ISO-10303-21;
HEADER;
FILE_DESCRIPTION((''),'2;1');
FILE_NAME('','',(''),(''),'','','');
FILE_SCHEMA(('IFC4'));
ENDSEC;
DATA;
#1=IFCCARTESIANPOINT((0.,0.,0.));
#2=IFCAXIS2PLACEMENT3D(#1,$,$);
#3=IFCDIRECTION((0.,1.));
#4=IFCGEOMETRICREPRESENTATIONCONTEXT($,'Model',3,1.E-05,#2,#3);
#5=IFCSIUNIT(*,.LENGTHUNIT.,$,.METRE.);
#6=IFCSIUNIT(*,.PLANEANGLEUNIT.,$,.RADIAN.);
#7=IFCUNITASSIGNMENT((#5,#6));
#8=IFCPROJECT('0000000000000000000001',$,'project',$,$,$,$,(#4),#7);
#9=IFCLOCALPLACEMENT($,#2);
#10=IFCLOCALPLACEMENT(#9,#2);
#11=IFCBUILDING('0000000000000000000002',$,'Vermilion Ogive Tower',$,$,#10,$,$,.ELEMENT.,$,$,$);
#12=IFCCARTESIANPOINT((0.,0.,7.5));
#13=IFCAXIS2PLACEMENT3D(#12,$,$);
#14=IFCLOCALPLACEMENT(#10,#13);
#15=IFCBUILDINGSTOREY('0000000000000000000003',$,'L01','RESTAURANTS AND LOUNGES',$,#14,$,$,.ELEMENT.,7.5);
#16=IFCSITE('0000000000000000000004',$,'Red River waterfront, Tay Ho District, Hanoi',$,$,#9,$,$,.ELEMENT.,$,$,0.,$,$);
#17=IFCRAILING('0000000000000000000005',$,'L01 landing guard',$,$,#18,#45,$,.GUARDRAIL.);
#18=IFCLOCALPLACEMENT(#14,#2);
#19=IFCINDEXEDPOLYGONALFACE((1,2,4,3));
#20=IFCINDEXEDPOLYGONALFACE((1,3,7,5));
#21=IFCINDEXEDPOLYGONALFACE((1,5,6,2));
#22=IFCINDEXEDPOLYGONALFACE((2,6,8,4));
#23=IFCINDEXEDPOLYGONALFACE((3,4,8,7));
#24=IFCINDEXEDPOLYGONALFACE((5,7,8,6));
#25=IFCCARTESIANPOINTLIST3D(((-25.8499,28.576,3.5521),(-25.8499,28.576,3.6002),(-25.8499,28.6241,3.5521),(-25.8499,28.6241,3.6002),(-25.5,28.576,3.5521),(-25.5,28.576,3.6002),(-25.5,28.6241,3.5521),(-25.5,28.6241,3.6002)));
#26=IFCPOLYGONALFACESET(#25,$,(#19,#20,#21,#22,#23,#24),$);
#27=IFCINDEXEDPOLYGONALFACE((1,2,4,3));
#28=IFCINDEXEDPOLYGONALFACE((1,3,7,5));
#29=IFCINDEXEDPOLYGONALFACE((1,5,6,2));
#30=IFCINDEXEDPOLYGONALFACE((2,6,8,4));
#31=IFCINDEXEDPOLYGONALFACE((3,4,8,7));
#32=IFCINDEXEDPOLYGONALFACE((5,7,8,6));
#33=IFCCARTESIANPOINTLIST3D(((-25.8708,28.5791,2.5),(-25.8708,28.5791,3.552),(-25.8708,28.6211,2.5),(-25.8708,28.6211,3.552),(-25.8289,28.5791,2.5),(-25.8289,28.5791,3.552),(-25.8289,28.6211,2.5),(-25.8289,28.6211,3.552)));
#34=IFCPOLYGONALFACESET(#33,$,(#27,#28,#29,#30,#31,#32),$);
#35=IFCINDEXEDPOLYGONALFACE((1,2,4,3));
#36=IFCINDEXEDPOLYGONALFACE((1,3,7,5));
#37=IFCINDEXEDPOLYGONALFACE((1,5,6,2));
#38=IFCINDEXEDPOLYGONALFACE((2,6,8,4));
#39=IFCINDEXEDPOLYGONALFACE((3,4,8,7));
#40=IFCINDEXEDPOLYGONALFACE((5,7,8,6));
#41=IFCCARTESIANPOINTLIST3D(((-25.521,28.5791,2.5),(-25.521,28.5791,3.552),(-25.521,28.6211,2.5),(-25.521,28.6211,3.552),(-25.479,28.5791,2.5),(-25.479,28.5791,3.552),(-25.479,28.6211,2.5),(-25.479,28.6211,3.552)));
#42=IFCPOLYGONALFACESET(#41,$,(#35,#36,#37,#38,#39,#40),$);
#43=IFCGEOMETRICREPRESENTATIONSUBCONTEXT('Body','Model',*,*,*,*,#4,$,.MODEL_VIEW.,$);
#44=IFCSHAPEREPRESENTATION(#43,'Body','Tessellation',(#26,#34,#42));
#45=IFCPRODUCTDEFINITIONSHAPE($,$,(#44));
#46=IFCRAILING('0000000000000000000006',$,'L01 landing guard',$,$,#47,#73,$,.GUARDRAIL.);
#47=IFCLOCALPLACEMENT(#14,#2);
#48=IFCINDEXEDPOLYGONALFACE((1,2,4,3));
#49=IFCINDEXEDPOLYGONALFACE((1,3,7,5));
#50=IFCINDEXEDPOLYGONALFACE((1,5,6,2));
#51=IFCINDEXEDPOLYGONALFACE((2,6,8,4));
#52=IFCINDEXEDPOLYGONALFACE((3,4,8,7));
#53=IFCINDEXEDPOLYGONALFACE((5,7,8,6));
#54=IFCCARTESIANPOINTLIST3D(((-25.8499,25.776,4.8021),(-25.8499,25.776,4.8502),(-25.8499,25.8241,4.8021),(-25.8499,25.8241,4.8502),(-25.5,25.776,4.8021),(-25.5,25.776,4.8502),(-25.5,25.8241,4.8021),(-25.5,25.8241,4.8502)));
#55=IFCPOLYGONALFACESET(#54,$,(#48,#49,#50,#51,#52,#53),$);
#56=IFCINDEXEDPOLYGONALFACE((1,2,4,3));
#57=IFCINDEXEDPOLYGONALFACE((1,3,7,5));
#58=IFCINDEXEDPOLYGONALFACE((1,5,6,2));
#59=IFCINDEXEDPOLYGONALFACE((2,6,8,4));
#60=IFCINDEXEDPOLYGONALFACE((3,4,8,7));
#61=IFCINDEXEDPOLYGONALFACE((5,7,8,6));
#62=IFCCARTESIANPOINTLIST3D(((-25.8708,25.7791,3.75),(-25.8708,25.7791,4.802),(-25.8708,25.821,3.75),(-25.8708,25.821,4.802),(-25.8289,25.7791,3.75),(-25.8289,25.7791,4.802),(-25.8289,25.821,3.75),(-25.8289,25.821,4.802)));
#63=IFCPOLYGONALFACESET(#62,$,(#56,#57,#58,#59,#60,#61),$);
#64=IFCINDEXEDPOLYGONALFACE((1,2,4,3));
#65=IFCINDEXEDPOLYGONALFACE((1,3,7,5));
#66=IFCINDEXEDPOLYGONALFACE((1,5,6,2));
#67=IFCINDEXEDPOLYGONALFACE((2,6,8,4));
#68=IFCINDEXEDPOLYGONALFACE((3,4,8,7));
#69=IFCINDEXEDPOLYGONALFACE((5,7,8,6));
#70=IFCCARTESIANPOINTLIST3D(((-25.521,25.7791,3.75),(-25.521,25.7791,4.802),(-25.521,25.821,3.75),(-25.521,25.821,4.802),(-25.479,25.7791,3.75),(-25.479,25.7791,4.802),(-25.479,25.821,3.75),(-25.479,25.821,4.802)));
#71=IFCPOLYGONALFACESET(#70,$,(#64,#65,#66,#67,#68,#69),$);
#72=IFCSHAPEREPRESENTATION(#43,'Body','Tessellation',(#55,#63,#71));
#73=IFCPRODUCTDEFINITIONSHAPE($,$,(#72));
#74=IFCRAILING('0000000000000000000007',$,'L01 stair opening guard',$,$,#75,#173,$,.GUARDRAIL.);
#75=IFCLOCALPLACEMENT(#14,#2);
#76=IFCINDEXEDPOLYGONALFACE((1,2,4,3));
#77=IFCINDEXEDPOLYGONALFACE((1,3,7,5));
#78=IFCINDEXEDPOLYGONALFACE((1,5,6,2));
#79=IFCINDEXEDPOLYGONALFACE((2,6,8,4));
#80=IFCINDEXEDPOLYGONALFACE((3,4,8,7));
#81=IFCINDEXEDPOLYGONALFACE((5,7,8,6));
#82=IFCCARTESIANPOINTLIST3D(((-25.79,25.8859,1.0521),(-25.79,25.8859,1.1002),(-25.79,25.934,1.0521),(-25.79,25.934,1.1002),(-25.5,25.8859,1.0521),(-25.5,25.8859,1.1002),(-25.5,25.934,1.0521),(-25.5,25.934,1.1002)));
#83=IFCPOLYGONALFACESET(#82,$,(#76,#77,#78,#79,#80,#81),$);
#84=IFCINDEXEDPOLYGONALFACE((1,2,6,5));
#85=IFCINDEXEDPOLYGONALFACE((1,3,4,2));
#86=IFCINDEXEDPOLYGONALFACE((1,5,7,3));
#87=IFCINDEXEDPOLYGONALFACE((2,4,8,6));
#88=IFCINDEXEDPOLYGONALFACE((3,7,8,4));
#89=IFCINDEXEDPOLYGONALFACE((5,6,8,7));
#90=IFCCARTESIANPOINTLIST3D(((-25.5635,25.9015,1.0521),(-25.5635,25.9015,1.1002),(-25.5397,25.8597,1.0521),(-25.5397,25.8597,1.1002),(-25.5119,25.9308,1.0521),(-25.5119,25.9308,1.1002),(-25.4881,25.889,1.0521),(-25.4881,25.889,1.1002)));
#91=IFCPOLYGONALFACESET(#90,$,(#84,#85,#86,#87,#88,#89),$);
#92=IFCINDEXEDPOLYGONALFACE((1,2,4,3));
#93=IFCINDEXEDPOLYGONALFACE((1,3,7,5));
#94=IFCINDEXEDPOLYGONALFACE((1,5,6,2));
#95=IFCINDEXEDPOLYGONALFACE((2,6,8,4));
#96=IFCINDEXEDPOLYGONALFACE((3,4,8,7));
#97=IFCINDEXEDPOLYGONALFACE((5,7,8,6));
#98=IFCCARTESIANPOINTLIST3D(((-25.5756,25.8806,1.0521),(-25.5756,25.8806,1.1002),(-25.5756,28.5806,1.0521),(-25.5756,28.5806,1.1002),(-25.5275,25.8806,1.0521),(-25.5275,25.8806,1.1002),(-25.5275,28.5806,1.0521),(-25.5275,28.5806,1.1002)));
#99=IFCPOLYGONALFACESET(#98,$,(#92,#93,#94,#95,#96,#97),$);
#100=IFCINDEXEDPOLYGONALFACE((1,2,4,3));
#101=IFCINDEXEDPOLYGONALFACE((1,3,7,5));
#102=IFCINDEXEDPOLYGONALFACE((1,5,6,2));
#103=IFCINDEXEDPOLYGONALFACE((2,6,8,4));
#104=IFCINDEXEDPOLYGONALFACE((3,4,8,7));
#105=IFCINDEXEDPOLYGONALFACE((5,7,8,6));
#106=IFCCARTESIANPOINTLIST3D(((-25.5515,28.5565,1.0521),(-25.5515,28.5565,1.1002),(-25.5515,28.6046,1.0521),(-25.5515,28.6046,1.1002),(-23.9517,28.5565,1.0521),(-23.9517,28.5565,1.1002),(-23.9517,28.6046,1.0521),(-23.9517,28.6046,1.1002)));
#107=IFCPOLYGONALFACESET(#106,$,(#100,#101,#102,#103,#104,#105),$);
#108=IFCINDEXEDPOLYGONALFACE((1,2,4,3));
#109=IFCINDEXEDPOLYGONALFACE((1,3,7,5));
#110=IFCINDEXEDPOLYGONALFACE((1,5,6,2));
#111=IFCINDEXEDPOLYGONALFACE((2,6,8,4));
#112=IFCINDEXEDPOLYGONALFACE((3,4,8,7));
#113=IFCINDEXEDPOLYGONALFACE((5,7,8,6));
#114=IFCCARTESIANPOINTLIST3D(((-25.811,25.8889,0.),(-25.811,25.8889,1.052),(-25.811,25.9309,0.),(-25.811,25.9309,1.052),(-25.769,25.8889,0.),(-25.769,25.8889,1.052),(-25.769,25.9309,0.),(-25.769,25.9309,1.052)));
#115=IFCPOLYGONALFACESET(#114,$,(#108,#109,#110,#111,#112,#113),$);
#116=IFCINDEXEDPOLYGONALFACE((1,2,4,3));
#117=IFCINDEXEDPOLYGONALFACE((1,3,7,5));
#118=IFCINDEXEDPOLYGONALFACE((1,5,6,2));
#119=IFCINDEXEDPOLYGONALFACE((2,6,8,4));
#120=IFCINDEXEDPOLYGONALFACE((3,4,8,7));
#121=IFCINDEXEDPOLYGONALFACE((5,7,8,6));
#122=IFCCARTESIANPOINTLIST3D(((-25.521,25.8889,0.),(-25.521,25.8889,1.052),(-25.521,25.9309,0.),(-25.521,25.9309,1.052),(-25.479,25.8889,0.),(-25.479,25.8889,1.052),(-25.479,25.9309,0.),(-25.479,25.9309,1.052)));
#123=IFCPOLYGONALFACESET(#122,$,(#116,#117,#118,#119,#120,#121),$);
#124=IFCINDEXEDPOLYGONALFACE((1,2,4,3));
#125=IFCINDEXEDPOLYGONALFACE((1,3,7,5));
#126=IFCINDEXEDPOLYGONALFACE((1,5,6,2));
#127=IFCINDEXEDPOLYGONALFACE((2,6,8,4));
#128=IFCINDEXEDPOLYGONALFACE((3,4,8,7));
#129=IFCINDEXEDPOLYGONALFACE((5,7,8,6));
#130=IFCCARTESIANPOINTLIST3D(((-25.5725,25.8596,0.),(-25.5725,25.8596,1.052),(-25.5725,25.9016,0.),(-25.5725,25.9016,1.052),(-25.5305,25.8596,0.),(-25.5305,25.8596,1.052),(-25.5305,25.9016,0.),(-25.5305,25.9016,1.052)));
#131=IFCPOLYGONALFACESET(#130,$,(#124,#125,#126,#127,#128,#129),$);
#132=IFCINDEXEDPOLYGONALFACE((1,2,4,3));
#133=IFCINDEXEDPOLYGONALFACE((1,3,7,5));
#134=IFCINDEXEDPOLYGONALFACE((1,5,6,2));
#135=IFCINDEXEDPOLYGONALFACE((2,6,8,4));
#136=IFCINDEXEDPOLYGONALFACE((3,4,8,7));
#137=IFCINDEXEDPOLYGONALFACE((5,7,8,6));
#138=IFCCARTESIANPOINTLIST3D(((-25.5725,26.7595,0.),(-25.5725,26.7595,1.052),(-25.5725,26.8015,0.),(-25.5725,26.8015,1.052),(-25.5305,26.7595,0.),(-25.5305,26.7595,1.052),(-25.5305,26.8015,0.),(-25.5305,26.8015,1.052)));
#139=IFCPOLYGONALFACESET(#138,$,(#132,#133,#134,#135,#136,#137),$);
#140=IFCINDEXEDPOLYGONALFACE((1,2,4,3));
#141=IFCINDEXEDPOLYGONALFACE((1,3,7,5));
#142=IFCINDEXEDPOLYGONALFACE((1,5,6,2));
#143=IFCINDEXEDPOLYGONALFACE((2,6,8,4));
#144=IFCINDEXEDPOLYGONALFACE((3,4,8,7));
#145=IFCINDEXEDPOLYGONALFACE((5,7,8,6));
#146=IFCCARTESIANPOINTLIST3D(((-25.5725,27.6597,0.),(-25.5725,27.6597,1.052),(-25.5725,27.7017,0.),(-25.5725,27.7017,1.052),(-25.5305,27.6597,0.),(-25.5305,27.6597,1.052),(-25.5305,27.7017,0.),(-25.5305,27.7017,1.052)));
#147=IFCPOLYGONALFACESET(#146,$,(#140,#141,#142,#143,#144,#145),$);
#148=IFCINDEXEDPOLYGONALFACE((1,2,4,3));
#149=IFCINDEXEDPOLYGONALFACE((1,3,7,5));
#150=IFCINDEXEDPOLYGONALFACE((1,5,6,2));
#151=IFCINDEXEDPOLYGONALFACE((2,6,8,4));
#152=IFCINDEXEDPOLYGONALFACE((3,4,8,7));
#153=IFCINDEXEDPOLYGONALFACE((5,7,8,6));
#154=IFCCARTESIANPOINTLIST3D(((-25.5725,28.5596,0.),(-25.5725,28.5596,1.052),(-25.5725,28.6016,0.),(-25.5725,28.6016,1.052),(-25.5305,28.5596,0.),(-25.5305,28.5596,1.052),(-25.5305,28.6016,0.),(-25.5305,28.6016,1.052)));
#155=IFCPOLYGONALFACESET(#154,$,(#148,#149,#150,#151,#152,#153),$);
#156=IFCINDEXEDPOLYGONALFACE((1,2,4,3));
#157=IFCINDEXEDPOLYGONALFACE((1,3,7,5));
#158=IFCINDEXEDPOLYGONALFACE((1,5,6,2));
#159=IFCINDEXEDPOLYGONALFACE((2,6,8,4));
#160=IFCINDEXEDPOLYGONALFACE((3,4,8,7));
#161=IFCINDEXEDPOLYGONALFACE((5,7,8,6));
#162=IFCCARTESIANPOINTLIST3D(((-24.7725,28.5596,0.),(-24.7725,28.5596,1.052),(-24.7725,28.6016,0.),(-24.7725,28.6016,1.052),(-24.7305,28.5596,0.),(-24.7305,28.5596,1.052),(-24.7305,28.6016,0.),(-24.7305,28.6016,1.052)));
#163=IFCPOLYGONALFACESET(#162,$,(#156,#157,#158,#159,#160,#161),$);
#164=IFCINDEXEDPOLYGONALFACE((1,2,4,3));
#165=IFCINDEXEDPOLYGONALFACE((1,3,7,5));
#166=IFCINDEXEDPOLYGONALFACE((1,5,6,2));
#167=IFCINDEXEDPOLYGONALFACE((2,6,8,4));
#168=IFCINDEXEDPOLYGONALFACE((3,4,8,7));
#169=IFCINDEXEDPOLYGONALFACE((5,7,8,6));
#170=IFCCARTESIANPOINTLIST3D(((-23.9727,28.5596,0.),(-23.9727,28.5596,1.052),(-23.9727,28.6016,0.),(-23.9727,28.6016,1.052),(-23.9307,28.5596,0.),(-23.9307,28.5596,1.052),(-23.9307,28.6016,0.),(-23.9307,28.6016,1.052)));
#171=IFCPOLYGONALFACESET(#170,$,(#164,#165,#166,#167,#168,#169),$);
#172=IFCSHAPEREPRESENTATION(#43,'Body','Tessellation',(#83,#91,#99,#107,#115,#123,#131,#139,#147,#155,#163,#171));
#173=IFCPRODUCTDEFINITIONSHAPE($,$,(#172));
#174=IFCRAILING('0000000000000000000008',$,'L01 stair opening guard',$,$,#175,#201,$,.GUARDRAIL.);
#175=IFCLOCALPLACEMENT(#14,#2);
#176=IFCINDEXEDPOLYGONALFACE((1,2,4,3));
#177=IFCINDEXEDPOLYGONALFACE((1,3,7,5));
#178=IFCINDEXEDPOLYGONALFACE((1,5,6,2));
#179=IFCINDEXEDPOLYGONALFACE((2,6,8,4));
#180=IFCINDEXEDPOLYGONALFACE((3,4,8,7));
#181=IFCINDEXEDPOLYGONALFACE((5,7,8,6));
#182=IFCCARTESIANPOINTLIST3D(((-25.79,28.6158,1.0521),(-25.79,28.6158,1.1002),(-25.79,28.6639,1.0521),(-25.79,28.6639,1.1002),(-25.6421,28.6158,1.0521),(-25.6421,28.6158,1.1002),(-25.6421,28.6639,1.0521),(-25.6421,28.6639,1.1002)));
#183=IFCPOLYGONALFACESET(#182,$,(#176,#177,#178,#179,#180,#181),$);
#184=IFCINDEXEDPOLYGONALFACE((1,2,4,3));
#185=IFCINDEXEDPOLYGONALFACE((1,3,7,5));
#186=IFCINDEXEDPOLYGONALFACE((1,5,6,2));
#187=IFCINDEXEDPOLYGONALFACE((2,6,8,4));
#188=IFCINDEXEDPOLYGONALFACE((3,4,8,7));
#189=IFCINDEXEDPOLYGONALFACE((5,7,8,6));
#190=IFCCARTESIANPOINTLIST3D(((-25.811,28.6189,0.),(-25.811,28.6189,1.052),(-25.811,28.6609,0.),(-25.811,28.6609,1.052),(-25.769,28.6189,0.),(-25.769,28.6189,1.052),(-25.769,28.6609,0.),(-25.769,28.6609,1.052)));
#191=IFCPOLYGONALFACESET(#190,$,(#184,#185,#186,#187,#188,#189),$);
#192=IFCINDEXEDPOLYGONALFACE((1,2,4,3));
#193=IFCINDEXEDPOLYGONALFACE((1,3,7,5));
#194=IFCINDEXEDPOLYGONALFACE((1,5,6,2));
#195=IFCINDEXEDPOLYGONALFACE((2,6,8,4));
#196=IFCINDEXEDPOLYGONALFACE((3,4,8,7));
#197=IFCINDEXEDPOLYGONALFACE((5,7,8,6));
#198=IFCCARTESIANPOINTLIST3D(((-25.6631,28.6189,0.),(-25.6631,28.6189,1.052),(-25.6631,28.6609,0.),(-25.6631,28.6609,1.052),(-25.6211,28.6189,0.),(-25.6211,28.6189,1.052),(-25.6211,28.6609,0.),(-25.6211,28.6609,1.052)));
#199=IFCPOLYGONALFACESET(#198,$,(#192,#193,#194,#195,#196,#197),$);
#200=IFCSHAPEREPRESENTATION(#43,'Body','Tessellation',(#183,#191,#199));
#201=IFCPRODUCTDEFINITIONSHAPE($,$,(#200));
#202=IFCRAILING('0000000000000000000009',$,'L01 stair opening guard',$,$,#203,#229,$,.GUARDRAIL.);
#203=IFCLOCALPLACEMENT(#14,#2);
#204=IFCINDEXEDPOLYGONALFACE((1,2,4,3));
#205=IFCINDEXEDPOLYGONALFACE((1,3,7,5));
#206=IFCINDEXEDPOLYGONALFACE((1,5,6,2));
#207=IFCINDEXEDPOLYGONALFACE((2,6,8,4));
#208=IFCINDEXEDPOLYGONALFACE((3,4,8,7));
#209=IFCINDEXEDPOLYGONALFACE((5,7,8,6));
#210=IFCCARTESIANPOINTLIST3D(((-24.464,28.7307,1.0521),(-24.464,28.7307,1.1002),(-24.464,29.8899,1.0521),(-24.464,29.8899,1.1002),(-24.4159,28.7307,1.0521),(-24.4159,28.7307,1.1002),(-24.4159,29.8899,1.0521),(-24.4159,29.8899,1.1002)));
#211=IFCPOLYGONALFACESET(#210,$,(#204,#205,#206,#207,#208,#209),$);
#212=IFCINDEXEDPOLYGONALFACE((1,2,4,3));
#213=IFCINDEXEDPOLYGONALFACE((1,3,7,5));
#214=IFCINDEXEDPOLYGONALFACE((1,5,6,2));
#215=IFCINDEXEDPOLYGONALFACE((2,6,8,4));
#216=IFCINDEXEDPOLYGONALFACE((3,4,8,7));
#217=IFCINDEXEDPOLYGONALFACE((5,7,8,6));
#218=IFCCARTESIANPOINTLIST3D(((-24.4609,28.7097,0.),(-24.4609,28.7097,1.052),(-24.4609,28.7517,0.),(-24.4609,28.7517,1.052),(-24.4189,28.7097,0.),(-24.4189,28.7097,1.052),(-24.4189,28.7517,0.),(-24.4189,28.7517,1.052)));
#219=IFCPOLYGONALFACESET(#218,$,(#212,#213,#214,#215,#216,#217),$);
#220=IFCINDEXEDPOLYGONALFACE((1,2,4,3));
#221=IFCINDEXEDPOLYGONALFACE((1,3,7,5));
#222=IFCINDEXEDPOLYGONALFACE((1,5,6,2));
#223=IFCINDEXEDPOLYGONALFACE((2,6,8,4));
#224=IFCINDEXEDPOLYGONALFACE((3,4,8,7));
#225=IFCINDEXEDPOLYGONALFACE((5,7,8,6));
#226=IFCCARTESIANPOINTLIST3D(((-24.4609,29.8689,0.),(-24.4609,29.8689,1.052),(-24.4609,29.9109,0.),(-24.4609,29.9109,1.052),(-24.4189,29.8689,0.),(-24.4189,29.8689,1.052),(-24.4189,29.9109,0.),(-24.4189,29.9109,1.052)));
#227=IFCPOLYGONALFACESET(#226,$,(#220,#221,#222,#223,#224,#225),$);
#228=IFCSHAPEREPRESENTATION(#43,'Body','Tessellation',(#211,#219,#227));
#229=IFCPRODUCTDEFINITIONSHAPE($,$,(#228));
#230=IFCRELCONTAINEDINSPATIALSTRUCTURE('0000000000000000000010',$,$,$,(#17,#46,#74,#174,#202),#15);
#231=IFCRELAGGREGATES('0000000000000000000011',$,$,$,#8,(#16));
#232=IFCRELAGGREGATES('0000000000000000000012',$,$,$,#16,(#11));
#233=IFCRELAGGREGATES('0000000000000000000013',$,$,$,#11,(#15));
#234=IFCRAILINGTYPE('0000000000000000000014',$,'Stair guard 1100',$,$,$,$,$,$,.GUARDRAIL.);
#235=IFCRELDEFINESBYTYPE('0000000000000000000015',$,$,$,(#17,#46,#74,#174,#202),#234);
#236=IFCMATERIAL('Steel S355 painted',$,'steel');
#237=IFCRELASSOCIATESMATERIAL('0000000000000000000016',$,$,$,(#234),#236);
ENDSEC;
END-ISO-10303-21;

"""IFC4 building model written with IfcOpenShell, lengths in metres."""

from ifc_helpers import new_model, si_unit, direction, frame, origin, origin_2d, place, context, subcontext, project, spatial, rectangle, extrude, material, type_object, element, save


model = new_model("IFC4")

# Units and contexts
model_context = context("Model", 3, precision=1e-05, world=origin(), true_north=direction((0.0, 1.0)))
body_context = subcontext(model_context, "Body", "Model", "MODEL_VIEW")
ifc_project = project(units=[si_unit("LENGTHUNIT", "METRE"), si_unit("PLANEANGLEUNIT", "RADIAN")], contexts=[model_context])

# Site, building, storey
site_placement = place(None, origin())
site = spatial("IfcSite", under=ifc_project, at=site_placement, Name="Red River waterfront, Tay Ho District, Hanoi", CompositionType="ELEMENT", RefElevation=0.0)
building_placement = place(site_placement, origin())
building = spatial("IfcBuilding", under=site, at=building_placement, Name="Vermilion Ogive Tower", CompositionType="ELEMENT")
storey_placement = place(building_placement, frame((0.0, 0.0, 7.5)))
storey = spatial("IfcBuildingStorey", under=building, at=storey_placement, Name="L01", Description="RESTAURANTS AND LOUNGES", CompositionType="ELEMENT", Elevation=7.5)

# Railings
ifc_material_1 = material(Name="Steel S355 painted", Category="steel")
railing_type_1 = type_object("IfcRailingType", Name="Stair guard 1100", PredefinedType="GUARDRAIL", material=ifc_material_1)
for number, where, name in (
    (1, (-25.8499, 28.6001, 2.5), "L01 landing guard"),
    (2, (-25.8499, 25.8, 3.75), "L01 landing guard"),
):
    element("IfcRailing", number, at=place(storey_placement, frame(where)), inside=storey, type_object=railing_type_1, Name=name, PredefinedType="GUARDRAIL", context=body_context, shape_type="SweptSolid", body=[
        extrude(rectangle(XDim=0.0481, YDim=0.0481, at=origin_2d()), frame((0.0, 0.0, 1.0762), z_axis=(1.0, 0.0, 0.0), x_axis=(0.0, 1.0, 0.0)), (0.0, 0.0, 1.0), 0.3499),
        extrude(rectangle(XDim=0.042, YDim=0.042, at=origin_2d()), origin(), (0.0, 0.0, 1.0), 1.052),
        extrude(rectangle(XDim=0.042, YDim=0.042, at=origin_2d()), frame((0.3499, 0.0, 0.0)), (0.0, 0.0, 1.0), 1.052),
    ])
railing_1_placement = place(storey_placement, frame((-25.79, 25.9099, 0.0)))
element("IfcRailing", 3, at=railing_1_placement, inside=storey, type_object=railing_type_1, Name="L01 stair opening guard", PredefinedType="GUARDRAIL", context=body_context, shape_type="SweptSolid", body=[
    extrude(rectangle(XDim=0.0481, YDim=0.0481, at=origin_2d()), frame((0.0, 0.0, 1.0762), z_axis=(1.0, 0.0, 0.0), x_axis=(0.0, 1.0, 0.0)), (0.0, 0.0, 1.0), 0.29),
    extrude(rectangle(XDim=0.0481, YDim=0.0481, at=origin_2d()), frame((0.29, 0.0, 1.0762), z_axis=(-0.869255, -0.494363, 0.0), x_axis=(0.494363, -0.869255, 0.0)), (0.0, 0.0, 1.0), 0.0593),
    extrude(rectangle(XDim=0.0481, YDim=0.0481, at=origin_2d()), frame((0.2385, -0.0293, 1.0762), z_axis=(0.0, 1.0, 0.0), x_axis=(-1.0, 0.0, 0.0)), (0.0, 0.0, 1.0), 2.7),
    extrude(rectangle(XDim=0.0481, YDim=0.0481, at=origin_2d()), frame((0.2385, 2.6707, 1.0762), z_axis=(1.0, 0.0, 0.0), x_axis=(0.0, 1.0, 0.0)), (0.0, 0.0, 1.0), 1.5999),
    extrude(rectangle(XDim=0.042, YDim=0.042, at=origin_2d()), origin(), (0.0, 0.0, 1.0), 1.052),
    extrude(rectangle(XDim=0.042, YDim=0.042, at=origin_2d()), frame((0.29, 0.0, 0.0)), (0.0, 0.0, 1.0), 1.052),
    extrude(rectangle(XDim=0.042, YDim=0.042, at=origin_2d()), frame((0.2385, -0.0293, 0.0)), (0.0, 0.0, 1.0), 1.052),
    extrude(rectangle(XDim=0.042, YDim=0.042, at=origin_2d()), frame((0.2385, 0.8706, 0.0)), (0.0, 0.0, 1.0), 1.052),
    extrude(rectangle(XDim=0.042, YDim=0.042, at=origin_2d()), frame((0.2385, 1.7708, 0.0)), (0.0, 0.0, 1.0), 1.052),
    extrude(rectangle(XDim=0.042, YDim=0.042, at=origin_2d()), frame((0.2385, 2.6707, 0.0)), (0.0, 0.0, 1.0), 1.052),
    extrude(rectangle(XDim=0.042, YDim=0.042, at=origin_2d()), frame((1.0386, 2.6707, 0.0)), (0.0, 0.0, 1.0), 1.052),
    extrude(rectangle(XDim=0.042, YDim=0.042, at=origin_2d()), frame((1.8384, 2.6707, 0.0)), (0.0, 0.0, 1.0), 1.052),
])
railing_2_placement = place(storey_placement, frame((-25.79, 28.6399, 0.0)))
element("IfcRailing", 4, at=railing_2_placement, inside=storey, type_object=railing_type_1, Name="L01 stair opening guard", PredefinedType="GUARDRAIL", context=body_context, shape_type="SweptSolid", body=[
    extrude(rectangle(XDim=0.0481, YDim=0.0481, at=origin_2d()), frame((0.0, 0.0, 1.0762), z_axis=(1.0, 0.0, 0.0), x_axis=(0.0, 1.0, 0.0)), (0.0, 0.0, 1.0), 0.1479),
    extrude(rectangle(XDim=0.042, YDim=0.042, at=origin_2d()), origin(), (0.0, 0.0, 1.0), 1.052),
    extrude(rectangle(XDim=0.042, YDim=0.042, at=origin_2d()), frame((0.1479, 0.0, 0.0)), (0.0, 0.0, 1.0), 1.052),
])
railing_3_placement = place(storey_placement, frame((-24.4399, 28.7307, 0.0)))
element("IfcRailing", 5, at=railing_3_placement, inside=storey, type_object=railing_type_1, Name="L01 stair opening guard", PredefinedType="GUARDRAIL", context=body_context, shape_type="SweptSolid", body=[
    extrude(rectangle(XDim=0.0481, YDim=0.0481, at=origin_2d()), frame((0.0, 0.0, 1.0762), z_axis=(0.0, 1.0, 0.0), x_axis=(-1.0, 0.0, 0.0)), (0.0, 0.0, 1.0), 1.1592),
    extrude(rectangle(XDim=0.042, YDim=0.042, at=origin_2d()), origin(), (0.0, 0.0, 1.0), 1.052),
    extrude(rectangle(XDim=0.042, YDim=0.042, at=origin_2d()), frame((0.0, 1.1592, 0.0)), (0.0, 0.0, 1.0), 1.052),
])

save(model, "model.ifc")
